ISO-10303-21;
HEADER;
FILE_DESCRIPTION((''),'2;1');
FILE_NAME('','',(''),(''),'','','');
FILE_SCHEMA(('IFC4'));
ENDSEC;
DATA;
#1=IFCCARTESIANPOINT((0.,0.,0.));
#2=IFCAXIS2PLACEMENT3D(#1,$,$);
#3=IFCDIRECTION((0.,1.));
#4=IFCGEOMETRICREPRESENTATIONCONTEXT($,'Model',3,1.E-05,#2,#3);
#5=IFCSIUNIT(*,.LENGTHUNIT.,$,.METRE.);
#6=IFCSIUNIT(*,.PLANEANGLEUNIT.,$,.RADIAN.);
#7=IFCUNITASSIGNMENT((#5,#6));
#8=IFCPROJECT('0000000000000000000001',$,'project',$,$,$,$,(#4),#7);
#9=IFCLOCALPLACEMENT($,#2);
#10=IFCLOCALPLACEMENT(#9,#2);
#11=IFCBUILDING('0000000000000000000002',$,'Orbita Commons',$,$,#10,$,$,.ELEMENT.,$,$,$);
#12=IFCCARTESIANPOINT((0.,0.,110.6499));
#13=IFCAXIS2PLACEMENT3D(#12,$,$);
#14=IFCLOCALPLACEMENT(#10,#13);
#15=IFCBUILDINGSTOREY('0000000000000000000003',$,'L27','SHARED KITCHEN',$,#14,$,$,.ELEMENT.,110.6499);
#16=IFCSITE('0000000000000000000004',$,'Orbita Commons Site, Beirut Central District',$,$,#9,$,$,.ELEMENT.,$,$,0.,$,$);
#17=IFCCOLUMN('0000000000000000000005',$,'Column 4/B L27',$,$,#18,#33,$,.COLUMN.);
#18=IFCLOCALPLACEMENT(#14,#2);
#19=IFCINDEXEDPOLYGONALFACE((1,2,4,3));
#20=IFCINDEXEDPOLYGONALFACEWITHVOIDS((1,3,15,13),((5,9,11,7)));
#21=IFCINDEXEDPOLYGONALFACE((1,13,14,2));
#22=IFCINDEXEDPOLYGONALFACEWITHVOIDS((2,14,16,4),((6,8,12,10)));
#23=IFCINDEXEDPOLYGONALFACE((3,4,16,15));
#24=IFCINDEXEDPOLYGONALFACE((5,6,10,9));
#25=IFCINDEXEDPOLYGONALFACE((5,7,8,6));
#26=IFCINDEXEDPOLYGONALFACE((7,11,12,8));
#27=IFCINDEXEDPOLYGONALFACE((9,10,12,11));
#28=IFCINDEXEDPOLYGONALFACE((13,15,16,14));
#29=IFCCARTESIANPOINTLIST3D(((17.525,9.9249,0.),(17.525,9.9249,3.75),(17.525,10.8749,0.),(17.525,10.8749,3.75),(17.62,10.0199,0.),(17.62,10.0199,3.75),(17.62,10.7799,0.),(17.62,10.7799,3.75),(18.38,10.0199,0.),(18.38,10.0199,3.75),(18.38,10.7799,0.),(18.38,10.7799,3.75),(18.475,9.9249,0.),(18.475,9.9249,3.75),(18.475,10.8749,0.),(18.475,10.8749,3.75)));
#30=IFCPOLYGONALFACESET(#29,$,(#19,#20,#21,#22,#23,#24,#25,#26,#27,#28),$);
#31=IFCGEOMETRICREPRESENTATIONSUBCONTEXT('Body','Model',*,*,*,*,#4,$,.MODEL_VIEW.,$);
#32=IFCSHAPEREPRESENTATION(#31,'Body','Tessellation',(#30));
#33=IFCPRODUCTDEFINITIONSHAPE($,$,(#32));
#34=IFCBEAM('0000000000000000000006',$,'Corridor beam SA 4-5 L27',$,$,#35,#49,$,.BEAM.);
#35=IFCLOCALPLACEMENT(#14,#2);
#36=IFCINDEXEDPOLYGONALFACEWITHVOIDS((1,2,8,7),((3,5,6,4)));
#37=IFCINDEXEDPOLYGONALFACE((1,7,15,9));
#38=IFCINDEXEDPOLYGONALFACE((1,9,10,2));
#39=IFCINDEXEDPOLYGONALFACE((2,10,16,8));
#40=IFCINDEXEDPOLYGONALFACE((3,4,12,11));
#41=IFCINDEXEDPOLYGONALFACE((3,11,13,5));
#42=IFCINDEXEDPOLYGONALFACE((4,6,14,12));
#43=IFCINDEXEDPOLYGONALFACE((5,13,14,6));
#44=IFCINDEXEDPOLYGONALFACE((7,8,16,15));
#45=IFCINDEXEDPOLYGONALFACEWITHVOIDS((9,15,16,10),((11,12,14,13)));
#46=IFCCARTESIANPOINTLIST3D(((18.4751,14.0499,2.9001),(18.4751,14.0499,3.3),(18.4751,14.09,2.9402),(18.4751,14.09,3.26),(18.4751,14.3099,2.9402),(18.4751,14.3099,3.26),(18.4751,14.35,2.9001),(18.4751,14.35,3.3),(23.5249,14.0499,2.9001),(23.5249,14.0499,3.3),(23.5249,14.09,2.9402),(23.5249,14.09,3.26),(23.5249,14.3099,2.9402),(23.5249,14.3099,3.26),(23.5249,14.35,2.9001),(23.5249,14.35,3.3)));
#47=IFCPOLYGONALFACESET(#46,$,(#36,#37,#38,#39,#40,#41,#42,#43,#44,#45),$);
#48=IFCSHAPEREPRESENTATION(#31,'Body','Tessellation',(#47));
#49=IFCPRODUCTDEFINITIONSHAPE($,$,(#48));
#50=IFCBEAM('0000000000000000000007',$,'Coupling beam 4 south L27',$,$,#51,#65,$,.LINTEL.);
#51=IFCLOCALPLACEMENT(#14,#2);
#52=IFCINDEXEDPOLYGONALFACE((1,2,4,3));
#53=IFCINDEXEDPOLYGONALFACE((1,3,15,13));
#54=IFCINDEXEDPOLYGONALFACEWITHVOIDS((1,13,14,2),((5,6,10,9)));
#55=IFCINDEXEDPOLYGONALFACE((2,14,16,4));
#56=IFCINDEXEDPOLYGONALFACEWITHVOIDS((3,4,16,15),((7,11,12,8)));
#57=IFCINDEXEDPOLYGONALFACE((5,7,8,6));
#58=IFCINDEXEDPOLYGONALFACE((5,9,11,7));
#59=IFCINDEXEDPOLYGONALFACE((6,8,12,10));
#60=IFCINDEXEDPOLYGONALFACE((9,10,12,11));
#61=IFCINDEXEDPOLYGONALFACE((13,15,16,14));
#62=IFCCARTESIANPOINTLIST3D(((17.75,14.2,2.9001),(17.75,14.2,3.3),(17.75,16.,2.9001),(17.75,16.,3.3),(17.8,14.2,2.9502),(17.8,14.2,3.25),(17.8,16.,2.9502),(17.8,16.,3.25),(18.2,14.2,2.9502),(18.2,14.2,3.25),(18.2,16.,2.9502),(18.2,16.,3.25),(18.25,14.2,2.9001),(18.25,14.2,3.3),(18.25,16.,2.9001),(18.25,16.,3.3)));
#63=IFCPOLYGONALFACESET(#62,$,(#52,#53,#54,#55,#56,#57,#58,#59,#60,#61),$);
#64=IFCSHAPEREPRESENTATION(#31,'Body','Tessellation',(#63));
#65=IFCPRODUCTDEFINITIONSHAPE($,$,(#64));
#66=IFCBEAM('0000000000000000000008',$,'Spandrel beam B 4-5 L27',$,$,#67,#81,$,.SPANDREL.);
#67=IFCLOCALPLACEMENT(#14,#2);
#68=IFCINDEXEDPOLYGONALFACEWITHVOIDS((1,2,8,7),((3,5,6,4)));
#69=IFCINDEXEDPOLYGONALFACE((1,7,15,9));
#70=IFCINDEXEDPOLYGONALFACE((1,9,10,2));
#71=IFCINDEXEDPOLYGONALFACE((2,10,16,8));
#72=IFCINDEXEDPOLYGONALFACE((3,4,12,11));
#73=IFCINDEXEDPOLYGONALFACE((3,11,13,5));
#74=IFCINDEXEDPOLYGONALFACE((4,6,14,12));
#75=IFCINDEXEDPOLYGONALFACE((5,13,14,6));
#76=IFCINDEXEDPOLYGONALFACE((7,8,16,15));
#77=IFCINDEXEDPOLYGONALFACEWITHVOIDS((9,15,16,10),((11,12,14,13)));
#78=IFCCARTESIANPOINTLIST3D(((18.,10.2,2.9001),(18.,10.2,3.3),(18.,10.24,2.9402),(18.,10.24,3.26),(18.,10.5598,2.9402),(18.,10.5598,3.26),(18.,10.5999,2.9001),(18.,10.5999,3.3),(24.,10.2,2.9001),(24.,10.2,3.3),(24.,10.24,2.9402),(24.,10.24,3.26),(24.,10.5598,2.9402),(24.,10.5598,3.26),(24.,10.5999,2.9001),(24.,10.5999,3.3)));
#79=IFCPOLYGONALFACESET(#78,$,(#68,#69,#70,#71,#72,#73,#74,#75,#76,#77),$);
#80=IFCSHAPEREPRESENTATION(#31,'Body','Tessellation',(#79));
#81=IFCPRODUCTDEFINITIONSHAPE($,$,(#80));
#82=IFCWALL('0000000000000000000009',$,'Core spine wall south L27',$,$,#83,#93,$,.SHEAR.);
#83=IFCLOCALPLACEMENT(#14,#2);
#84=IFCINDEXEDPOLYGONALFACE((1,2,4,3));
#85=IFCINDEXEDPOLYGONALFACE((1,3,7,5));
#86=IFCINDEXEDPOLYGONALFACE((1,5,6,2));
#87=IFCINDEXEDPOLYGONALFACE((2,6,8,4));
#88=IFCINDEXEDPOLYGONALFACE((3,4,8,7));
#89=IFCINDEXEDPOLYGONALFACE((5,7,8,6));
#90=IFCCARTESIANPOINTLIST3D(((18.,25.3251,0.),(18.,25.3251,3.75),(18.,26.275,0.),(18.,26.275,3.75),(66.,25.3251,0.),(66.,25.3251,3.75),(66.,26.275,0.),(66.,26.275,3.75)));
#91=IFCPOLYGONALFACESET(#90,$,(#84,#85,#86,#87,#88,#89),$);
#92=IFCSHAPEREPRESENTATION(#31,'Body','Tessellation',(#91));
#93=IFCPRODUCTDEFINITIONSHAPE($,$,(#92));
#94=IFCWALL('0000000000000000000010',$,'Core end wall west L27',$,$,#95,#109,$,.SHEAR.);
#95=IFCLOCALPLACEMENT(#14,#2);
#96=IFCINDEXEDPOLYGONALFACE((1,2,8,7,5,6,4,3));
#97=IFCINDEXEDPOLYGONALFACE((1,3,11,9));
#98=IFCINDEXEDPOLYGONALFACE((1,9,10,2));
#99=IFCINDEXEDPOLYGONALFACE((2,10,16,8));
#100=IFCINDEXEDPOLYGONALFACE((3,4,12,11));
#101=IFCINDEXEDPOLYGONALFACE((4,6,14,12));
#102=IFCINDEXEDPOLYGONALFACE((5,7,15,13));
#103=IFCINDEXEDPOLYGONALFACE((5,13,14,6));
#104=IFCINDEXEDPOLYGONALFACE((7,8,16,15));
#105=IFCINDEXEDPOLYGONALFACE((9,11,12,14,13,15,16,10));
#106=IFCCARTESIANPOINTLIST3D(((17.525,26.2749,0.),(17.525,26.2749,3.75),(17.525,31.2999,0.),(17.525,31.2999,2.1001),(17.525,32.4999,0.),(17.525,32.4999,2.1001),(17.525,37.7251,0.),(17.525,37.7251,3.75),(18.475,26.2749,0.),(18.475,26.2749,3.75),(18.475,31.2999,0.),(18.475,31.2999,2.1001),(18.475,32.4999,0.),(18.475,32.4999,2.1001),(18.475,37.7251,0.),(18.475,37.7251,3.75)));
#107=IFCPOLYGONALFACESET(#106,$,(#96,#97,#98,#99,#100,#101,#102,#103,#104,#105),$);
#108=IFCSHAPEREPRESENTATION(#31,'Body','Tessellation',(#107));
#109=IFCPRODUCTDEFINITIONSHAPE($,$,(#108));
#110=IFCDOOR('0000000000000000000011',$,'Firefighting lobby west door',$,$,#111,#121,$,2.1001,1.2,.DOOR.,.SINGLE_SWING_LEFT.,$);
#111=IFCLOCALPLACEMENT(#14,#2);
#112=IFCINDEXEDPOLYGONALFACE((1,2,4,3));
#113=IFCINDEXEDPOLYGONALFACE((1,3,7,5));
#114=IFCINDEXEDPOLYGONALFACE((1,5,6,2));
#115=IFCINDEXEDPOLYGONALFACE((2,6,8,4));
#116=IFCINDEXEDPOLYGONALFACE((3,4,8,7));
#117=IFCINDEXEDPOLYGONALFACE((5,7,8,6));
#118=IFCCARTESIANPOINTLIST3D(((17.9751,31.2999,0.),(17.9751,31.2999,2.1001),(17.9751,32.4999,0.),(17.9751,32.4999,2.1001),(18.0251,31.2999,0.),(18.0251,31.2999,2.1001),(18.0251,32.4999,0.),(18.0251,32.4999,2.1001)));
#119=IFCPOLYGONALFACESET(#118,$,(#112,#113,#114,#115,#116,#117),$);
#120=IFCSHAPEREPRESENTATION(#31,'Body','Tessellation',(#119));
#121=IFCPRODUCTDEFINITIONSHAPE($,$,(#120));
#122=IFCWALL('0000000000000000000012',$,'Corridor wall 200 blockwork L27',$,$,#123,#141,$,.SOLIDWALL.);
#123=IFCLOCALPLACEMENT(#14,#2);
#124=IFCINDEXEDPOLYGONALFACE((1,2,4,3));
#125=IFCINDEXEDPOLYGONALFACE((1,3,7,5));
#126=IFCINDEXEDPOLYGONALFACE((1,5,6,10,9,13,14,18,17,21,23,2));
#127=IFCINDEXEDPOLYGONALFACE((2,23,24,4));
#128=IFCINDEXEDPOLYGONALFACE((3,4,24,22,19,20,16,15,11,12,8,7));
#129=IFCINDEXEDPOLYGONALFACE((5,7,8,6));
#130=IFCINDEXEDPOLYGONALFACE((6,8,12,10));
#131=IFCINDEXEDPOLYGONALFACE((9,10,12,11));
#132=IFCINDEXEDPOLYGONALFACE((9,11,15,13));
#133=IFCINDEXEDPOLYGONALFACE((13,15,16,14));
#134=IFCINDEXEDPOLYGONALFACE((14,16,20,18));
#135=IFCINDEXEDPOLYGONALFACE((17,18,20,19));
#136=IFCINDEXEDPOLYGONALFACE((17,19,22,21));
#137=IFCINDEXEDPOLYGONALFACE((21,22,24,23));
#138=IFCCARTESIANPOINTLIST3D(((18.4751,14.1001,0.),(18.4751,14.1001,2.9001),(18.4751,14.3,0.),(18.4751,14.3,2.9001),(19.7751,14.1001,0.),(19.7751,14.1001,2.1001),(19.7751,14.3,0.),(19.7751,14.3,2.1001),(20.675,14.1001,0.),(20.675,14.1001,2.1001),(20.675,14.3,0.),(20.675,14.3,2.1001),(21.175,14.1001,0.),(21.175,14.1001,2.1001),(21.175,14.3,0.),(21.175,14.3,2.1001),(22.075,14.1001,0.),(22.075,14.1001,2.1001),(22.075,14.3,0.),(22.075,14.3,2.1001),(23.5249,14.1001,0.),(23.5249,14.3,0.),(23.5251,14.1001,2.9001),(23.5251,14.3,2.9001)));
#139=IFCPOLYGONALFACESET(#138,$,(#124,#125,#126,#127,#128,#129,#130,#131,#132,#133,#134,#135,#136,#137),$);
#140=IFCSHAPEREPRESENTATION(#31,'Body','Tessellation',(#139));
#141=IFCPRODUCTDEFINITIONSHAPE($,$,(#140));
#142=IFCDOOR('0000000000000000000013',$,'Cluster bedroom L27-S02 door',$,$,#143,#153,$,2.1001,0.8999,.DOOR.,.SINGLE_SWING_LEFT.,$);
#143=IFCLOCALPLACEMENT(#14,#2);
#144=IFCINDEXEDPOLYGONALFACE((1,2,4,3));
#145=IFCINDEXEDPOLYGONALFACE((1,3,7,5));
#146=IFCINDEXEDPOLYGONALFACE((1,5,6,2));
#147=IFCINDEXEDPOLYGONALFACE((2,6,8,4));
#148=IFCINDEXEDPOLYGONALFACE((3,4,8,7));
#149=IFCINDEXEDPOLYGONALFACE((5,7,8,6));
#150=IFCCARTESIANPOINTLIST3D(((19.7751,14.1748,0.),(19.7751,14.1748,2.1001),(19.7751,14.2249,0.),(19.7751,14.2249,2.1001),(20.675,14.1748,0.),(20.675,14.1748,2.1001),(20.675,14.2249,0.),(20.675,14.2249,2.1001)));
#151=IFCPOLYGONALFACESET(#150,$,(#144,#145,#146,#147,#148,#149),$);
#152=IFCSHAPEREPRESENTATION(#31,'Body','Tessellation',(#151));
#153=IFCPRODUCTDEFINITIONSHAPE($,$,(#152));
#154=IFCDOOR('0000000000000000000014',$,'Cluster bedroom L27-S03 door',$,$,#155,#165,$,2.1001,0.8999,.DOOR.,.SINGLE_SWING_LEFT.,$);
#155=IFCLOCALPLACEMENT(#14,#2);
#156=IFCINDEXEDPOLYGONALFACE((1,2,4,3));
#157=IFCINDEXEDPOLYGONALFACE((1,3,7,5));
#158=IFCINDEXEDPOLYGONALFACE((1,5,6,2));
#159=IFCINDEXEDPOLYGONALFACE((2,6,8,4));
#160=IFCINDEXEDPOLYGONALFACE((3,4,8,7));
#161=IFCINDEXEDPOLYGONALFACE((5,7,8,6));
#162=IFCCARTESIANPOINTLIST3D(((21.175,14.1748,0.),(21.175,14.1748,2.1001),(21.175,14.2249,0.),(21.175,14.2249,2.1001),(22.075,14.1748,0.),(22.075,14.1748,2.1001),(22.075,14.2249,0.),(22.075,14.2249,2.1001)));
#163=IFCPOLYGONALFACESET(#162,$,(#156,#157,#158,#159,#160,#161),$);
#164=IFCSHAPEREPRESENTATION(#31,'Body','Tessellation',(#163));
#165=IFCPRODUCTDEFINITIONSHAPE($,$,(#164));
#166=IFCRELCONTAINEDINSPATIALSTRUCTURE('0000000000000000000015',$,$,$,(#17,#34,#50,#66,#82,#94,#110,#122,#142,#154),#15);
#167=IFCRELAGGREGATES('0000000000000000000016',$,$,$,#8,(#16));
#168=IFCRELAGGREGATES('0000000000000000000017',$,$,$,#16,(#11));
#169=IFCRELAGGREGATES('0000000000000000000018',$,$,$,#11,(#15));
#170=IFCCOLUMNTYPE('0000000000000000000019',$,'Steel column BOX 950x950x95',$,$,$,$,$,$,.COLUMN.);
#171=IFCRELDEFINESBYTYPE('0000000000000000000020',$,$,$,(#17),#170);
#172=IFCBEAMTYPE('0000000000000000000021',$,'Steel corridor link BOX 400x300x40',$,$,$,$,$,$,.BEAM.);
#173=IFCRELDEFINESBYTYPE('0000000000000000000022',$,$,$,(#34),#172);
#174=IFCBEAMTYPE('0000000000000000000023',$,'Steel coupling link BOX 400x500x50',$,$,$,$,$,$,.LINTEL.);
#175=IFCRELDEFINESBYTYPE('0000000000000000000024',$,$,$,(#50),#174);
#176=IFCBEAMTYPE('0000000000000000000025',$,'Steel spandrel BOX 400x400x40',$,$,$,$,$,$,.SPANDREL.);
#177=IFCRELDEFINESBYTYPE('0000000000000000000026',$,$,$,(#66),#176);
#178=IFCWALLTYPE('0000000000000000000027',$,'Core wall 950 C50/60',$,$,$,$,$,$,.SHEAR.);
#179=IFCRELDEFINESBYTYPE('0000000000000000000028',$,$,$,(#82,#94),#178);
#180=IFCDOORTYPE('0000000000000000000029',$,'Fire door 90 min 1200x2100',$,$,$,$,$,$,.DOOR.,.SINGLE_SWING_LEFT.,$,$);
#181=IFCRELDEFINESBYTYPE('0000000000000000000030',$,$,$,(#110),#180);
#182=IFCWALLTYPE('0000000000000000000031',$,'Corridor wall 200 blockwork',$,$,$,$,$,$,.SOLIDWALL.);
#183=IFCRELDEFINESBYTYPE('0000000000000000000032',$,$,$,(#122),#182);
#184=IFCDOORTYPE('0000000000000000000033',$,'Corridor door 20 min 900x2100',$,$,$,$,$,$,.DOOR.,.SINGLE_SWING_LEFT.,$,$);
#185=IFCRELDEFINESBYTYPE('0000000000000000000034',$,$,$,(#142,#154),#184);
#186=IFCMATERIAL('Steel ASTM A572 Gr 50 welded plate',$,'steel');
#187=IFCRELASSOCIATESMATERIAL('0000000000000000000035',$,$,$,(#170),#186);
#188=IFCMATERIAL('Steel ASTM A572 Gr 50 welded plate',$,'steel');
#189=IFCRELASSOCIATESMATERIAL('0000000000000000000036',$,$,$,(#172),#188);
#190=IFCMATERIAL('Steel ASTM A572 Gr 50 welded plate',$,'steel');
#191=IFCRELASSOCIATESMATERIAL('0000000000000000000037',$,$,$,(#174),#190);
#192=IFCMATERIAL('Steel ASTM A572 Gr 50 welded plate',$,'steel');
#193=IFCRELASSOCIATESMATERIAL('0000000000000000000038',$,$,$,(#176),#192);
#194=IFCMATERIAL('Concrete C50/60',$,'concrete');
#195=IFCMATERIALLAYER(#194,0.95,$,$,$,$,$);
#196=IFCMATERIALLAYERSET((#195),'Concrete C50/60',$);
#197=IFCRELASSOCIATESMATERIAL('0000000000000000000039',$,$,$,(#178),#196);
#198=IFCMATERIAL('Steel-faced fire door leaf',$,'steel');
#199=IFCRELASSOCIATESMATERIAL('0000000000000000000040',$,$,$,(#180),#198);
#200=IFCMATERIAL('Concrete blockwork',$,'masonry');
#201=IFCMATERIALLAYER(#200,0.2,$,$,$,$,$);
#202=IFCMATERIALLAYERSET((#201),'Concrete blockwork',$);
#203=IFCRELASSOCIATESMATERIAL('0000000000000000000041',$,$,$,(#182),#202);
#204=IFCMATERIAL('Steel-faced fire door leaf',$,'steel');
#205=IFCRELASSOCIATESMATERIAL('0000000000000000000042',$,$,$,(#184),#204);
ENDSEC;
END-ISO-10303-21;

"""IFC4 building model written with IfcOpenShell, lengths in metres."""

from ifc_helpers import new_model, si_unit, direction, frame, frame_2d, origin, origin_2d, place, context, subcontext, project, spatial, polyline, rectangle, hollow_rectangle, outline, extrude, material, layer, layer_set, material_profile, profile_set, type_object, element, fill, save


model = new_model("IFC4")

# Units and contexts
model_context = context("Model", 3, precision=1e-05, world=origin(), true_north=direction((0.0, 1.0)))
body_context = subcontext(model_context, "Body", "Model", "MODEL_VIEW")
ifc_project = project(units=[si_unit("LENGTHUNIT", "METRE"), si_unit("PLANEANGLEUNIT", "RADIAN")], contexts=[model_context])

# Site, building, storey
site_placement = place(None, origin())
site = spatial("IfcSite", under=ifc_project, at=site_placement, Name="Orbita Commons Site, Beirut Central District", CompositionType="ELEMENT", RefElevation=0.0)
building_placement = place(site_placement, origin())
building = spatial("IfcBuilding", under=site, at=building_placement, Name="Orbita Commons", CompositionType="ELEMENT")
storey_placement = place(building_placement, frame((0.0, 0.0, 110.6499)))
storey = spatial("IfcBuildingStorey", under=building, at=storey_placement, Name="L27", Description="SHARED KITCHEN", CompositionType="ELEMENT", Elevation=110.6499)

# Column
ifc_material_1 = material(Name="Steel ASTM A572 Gr 50 welded plate", Category="steel")
ifc_material_profile_1 = material_profile(ifc_material_1, hollow_rectangle(XDim=0.95, YDim=0.95, WallThickness=0.095, at=origin_2d()), Name="BOX 950x950x95")
ifc_profile_set_1 = profile_set([ifc_material_profile_1], Name="Steel ASTM A572 Gr 50 welded plate")
column_type = type_object("IfcColumnType", Name="Steel column BOX 950x950x95", PredefinedType="COLUMN", material=ifc_profile_set_1)
column_placement = place(storey_placement, frame((18.0, 10.3999, 0.0), z_axis=(0.0, 0.0, 1.0), x_axis=(1.0, 0.0, 0.0)))
element("IfcColumn", 1, at=column_placement, inside=storey, type_object=column_type, Name="Column 4/B L27", PredefinedType="COLUMN", context=body_context, shape_type="SweptSolid", body=[
    extrude(hollow_rectangle(XDim=0.95, YDim=0.95, WallThickness=0.095, at=origin_2d()), origin(), (0.0, 0.0, 1.0), 3.75),
])

# Beams
ifc_material_2 = material(Name="Steel ASTM A572 Gr 50 welded plate", Category="steel")
ifc_material_profile_2 = material_profile(ifc_material_2, hollow_rectangle(XDim=0.3, YDim=0.3999, WallThickness=0.04, at=origin_2d()), Name="BOX 400x300x40")
ifc_profile_set_2 = profile_set([ifc_material_profile_2], Name="Steel ASTM A572 Gr 50 welded plate")
beam_type_1 = type_object("IfcBeamType", Name="Steel corridor link BOX 400x300x40", PredefinedType="BEAM", material=ifc_profile_set_2)
beam_1_placement = place(storey_placement, frame((18.4751, 14.2, 3.1001), z_axis=(1.0, 0.0, 0.0), x_axis=(0.0, 1.0, 0.0)))
element("IfcBeam", 2, at=beam_1_placement, inside=storey, type_object=beam_type_1, Name="Corridor beam SA 4-5 L27", PredefinedType="BEAM", context=body_context, shape_type="SweptSolid", body=[
    extrude(hollow_rectangle(XDim=0.3, YDim=0.3999, WallThickness=0.04, at=origin_2d()), origin(), (0.0, 0.0, 1.0), 5.0498),
])
ifc_material_3 = material(Name="Steel ASTM A572 Gr 50 welded plate", Category="steel")
ifc_material_profile_3 = material_profile(ifc_material_3, hollow_rectangle(XDim=0.5, YDim=0.3999, WallThickness=0.05, at=origin_2d()), Name="BOX 400x500x50")
ifc_profile_set_3 = profile_set([ifc_material_profile_3], Name="Steel ASTM A572 Gr 50 welded plate")
beam_type_2 = type_object("IfcBeamType", Name="Steel coupling link BOX 400x500x50", PredefinedType="LINTEL", material=ifc_profile_set_3)
beam_2_placement = place(storey_placement, frame((18.0, 14.2, 3.1001), z_axis=(0.0, 1.0, 0.0), x_axis=(-1.0, 0.0, 0.0)))
element("IfcBeam", 3, at=beam_2_placement, inside=storey, type_object=beam_type_2, Name="Coupling beam 4 south L27", PredefinedType="LINTEL", context=body_context, shape_type="SweptSolid", body=[
    extrude(hollow_rectangle(XDim=0.5, YDim=0.3999, WallThickness=0.05, at=origin_2d()), origin(), (0.0, 0.0, 1.0), 1.8),
])
ifc_material_4 = material(Name="Steel ASTM A572 Gr 50 welded plate", Category="steel")
ifc_material_profile_4 = material_profile(ifc_material_4, hollow_rectangle(XDim=0.3999, YDim=0.3999, WallThickness=0.04, at=origin_2d()), Name="BOX 400x400x40")
ifc_profile_set_4 = profile_set([ifc_material_profile_4], Name="Steel ASTM A572 Gr 50 welded plate")
beam_type_3 = type_object("IfcBeamType", Name="Steel spandrel BOX 400x400x40", PredefinedType="SPANDREL", material=ifc_profile_set_4)
beam_3_placement = place(storey_placement, frame((18.0, 10.3999, 3.1001), z_axis=(1.0, 0.0, 0.0), x_axis=(0.0, 1.0, 0.0)))
element("IfcBeam", 4, at=beam_3_placement, inside=storey, type_object=beam_type_3, Name="Spandrel beam B 4-5 L27", PredefinedType="SPANDREL", context=body_context, shape_type="SweptSolid", body=[
    extrude(hollow_rectangle(XDim=0.3999, YDim=0.3999, WallThickness=0.04, at=origin_2d()), origin(), (0.0, 0.0, 1.0), 6.0),
])

# Wall
ifc_material_5 = material(Name="Concrete C50/60", Category="concrete")
ifc_layer_1 = layer(ifc_material_5, 0.95)
ifc_layer_set_1 = layer_set([ifc_layer_1], Name="Concrete C50/60")
wall_type_1 = type_object("IfcWallType", Name="Core wall 950 C50/60", PredefinedType="SHEAR", material=ifc_layer_set_1)
wall_1_placement = place(storey_placement, frame((18.0, 25.8, 0.0), z_axis=(0.0, 0.0, 1.0), x_axis=(1.0, 0.0, 0.0)))
element("IfcWall", 5, at=wall_1_placement, inside=storey, type_object=wall_type_1, Name="Core spine wall south L27", PredefinedType="SHEAR", context=body_context, shape_type="SweptSolid", body=[
    extrude(rectangle(XDim=48.0, YDim=0.95, at=frame_2d((24.0, 0.0))), origin(), (0.0, 0.0, 1.0), 3.75),
])

# Wall, opening, door
wall_2_placement = place(storey_placement, frame((18.0, 26.2749, 0.0), z_axis=(0.0, 0.0, 1.0), x_axis=(0.0, 1.0, 0.0)))
wall_2 = element("IfcWall", 6, at=wall_2_placement, inside=storey, type_object=wall_type_1, Name="Core end wall west L27", PredefinedType="SHEAR", context=body_context, shape_type="SweptSolid", body=[
    extrude(rectangle(XDim=11.4502, YDim=0.95, at=frame_2d((5.7251, 0.0))), origin(), (0.0, 0.0, 1.0), 3.75),
])
opening_1_placement = place(wall_2_placement, frame((5.0249, 0.0, 0.0)))
opening_1 = element("IfcOpeningElement", 7, at=opening_1_placement, cuts=wall_2, PredefinedType="OPENING", context=body_context, shape_type="SweptSolid", body=[
    extrude(rectangle(XDim=1.2, YDim=2.1001, at=frame_2d((0.6001, 1.05))), frame((0.0, 0.4849, 0.0), z_axis=(0.0, -1.0, 0.0), x_axis=(1.0, 0.0, 0.0)), (0.0, 0.0, 1.0), 0.97),
])
ifc_material_6 = material(Name="Steel-faced fire door leaf", Category="steel")
door_type_1 = type_object("IfcDoorType", Name="Fire door 90 min 1200x2100", OperationType="SINGLE_SWING_LEFT", PredefinedType="DOOR", material=ifc_material_6)
door_1_placement = place(opening_1_placement, origin())
door_1 = element("IfcDoor", 8, at=door_1_placement, inside=storey, type_object=door_type_1, Name="Firefighting lobby west door", OperationType="SINGLE_SWING_LEFT", OverallHeight=2.1001, OverallWidth=1.2, PredefinedType="DOOR", context=body_context, shape_type="SweptSolid", body=[
    extrude(rectangle(XDim=1.2, YDim=2.1001, at=frame_2d((0.6001, 1.05))), frame((0.0, 0.0249, 0.0), z_axis=(0.0, -1.0, 0.0), x_axis=(1.0, 0.0, 0.0)), (0.0, 0.0, 1.0), 0.05),
])
fill(opening_1, door_1)

# Wall, openings, doors
ifc_material_7 = material(Name="Concrete blockwork", Category="masonry")
ifc_layer_2 = layer(ifc_material_7, 0.2)
ifc_layer_set_2 = layer_set([ifc_layer_2], Name="Concrete blockwork")
wall_type_2 = type_object("IfcWallType", Name="Corridor wall 200 blockwork", PredefinedType="SOLIDWALL", material=ifc_layer_set_2)
wall_3_placement = place(storey_placement, frame((18.4751, 14.2, 0.0), z_axis=(0.0, 0.0, 1.0), x_axis=(1.0, 0.0, 0.0)))
wall_3 = element("IfcWall", 9, at=wall_3_placement, inside=storey, type_object=wall_type_2, Name="Corridor wall 200 blockwork L27", PredefinedType="SOLIDWALL", context=body_context, shape_type="SweptSolid", body=[
    extrude(outline(polyline([(0.0, 0.0), (5.0498, 0.0), (5.05, 2.9001), (0.0, 2.9001), (0.0, 0.0)])), frame((0.0, 0.1001, 0.0), z_axis=(0.0, -1.0, 0.0), x_axis=(1.0, 0.0, 0.0)), (0.0, 0.0, 1.0), 0.2),
])
opening_2_placement = place(wall_3_placement, frame((1.3, 0.0, 0.0)))
opening_2 = element("IfcOpeningElement", 10, at=opening_2_placement, cuts=wall_3, PredefinedType="OPENING", context=body_context, shape_type="SweptSolid", body=[
    extrude(rectangle(XDim=0.8999, YDim=2.1001, at=frame_2d((0.45, 1.05))), frame((0.0, 0.1099, 0.0), z_axis=(0.0, -1.0, 0.0), x_axis=(1.0, 0.0, 0.0)), (0.0, 0.0, 1.0), 0.22),
])
opening_3_placement = place(wall_3_placement, frame((2.7, 0.0, 0.0)))
opening_3 = element("IfcOpeningElement", 11, at=opening_3_placement, cuts=wall_3, PredefinedType="OPENING", context=body_context, shape_type="SweptSolid", body=[
    extrude(rectangle(XDim=0.8999, YDim=2.1001, at=frame_2d((0.45, 1.05))), frame((0.0, 0.1099, 0.0), z_axis=(0.0, -1.0, 0.0), x_axis=(1.0, 0.0, 0.0)), (0.0, 0.0, 1.0), 0.22),
])
ifc_material_8 = material(Name="Steel-faced fire door leaf", Category="steel")
door_type_2 = type_object("IfcDoorType", Name="Corridor door 20 min 900x2100", OperationType="SINGLE_SWING_LEFT", PredefinedType="DOOR", material=ifc_material_8)
door_2_placement = place(opening_2_placement, origin())
door_2 = element("IfcDoor", 12, at=door_2_placement, inside=storey, type_object=door_type_2, Name="Cluster bedroom L27-S02 door", OperationType="SINGLE_SWING_LEFT", OverallHeight=2.1001, OverallWidth=0.8999, PredefinedType="DOOR", context=body_context, shape_type="SweptSolid", body=[
    extrude(rectangle(XDim=0.8999, YDim=2.1001, at=frame_2d((0.45, 1.05))), frame((0.0, 0.0249, 0.0), z_axis=(0.0, -1.0, 0.0), x_axis=(1.0, 0.0, 0.0)), (0.0, 0.0, 1.0), 0.05),
])
fill(opening_2, door_2)
door_3_placement = place(opening_3_placement, origin())
door_3 = element("IfcDoor", 13, at=door_3_placement, inside=storey, type_object=door_type_2, Name="Cluster bedroom L27-S03 door", OperationType="SINGLE_SWING_LEFT", OverallHeight=2.1001, OverallWidth=0.8999, PredefinedType="DOOR", context=body_context, shape_type="SweptSolid", body=[
    extrude(rectangle(XDim=0.8999, YDim=2.1001, at=frame_2d((0.45, 1.05))), frame((0.0, 0.0249, 0.0), z_axis=(0.0, -1.0, 0.0), x_axis=(1.0, 0.0, 0.0)), (0.0, 0.0, 1.0), 0.05),
])
fill(opening_3, door_3)

save(model, "model.ifc")
